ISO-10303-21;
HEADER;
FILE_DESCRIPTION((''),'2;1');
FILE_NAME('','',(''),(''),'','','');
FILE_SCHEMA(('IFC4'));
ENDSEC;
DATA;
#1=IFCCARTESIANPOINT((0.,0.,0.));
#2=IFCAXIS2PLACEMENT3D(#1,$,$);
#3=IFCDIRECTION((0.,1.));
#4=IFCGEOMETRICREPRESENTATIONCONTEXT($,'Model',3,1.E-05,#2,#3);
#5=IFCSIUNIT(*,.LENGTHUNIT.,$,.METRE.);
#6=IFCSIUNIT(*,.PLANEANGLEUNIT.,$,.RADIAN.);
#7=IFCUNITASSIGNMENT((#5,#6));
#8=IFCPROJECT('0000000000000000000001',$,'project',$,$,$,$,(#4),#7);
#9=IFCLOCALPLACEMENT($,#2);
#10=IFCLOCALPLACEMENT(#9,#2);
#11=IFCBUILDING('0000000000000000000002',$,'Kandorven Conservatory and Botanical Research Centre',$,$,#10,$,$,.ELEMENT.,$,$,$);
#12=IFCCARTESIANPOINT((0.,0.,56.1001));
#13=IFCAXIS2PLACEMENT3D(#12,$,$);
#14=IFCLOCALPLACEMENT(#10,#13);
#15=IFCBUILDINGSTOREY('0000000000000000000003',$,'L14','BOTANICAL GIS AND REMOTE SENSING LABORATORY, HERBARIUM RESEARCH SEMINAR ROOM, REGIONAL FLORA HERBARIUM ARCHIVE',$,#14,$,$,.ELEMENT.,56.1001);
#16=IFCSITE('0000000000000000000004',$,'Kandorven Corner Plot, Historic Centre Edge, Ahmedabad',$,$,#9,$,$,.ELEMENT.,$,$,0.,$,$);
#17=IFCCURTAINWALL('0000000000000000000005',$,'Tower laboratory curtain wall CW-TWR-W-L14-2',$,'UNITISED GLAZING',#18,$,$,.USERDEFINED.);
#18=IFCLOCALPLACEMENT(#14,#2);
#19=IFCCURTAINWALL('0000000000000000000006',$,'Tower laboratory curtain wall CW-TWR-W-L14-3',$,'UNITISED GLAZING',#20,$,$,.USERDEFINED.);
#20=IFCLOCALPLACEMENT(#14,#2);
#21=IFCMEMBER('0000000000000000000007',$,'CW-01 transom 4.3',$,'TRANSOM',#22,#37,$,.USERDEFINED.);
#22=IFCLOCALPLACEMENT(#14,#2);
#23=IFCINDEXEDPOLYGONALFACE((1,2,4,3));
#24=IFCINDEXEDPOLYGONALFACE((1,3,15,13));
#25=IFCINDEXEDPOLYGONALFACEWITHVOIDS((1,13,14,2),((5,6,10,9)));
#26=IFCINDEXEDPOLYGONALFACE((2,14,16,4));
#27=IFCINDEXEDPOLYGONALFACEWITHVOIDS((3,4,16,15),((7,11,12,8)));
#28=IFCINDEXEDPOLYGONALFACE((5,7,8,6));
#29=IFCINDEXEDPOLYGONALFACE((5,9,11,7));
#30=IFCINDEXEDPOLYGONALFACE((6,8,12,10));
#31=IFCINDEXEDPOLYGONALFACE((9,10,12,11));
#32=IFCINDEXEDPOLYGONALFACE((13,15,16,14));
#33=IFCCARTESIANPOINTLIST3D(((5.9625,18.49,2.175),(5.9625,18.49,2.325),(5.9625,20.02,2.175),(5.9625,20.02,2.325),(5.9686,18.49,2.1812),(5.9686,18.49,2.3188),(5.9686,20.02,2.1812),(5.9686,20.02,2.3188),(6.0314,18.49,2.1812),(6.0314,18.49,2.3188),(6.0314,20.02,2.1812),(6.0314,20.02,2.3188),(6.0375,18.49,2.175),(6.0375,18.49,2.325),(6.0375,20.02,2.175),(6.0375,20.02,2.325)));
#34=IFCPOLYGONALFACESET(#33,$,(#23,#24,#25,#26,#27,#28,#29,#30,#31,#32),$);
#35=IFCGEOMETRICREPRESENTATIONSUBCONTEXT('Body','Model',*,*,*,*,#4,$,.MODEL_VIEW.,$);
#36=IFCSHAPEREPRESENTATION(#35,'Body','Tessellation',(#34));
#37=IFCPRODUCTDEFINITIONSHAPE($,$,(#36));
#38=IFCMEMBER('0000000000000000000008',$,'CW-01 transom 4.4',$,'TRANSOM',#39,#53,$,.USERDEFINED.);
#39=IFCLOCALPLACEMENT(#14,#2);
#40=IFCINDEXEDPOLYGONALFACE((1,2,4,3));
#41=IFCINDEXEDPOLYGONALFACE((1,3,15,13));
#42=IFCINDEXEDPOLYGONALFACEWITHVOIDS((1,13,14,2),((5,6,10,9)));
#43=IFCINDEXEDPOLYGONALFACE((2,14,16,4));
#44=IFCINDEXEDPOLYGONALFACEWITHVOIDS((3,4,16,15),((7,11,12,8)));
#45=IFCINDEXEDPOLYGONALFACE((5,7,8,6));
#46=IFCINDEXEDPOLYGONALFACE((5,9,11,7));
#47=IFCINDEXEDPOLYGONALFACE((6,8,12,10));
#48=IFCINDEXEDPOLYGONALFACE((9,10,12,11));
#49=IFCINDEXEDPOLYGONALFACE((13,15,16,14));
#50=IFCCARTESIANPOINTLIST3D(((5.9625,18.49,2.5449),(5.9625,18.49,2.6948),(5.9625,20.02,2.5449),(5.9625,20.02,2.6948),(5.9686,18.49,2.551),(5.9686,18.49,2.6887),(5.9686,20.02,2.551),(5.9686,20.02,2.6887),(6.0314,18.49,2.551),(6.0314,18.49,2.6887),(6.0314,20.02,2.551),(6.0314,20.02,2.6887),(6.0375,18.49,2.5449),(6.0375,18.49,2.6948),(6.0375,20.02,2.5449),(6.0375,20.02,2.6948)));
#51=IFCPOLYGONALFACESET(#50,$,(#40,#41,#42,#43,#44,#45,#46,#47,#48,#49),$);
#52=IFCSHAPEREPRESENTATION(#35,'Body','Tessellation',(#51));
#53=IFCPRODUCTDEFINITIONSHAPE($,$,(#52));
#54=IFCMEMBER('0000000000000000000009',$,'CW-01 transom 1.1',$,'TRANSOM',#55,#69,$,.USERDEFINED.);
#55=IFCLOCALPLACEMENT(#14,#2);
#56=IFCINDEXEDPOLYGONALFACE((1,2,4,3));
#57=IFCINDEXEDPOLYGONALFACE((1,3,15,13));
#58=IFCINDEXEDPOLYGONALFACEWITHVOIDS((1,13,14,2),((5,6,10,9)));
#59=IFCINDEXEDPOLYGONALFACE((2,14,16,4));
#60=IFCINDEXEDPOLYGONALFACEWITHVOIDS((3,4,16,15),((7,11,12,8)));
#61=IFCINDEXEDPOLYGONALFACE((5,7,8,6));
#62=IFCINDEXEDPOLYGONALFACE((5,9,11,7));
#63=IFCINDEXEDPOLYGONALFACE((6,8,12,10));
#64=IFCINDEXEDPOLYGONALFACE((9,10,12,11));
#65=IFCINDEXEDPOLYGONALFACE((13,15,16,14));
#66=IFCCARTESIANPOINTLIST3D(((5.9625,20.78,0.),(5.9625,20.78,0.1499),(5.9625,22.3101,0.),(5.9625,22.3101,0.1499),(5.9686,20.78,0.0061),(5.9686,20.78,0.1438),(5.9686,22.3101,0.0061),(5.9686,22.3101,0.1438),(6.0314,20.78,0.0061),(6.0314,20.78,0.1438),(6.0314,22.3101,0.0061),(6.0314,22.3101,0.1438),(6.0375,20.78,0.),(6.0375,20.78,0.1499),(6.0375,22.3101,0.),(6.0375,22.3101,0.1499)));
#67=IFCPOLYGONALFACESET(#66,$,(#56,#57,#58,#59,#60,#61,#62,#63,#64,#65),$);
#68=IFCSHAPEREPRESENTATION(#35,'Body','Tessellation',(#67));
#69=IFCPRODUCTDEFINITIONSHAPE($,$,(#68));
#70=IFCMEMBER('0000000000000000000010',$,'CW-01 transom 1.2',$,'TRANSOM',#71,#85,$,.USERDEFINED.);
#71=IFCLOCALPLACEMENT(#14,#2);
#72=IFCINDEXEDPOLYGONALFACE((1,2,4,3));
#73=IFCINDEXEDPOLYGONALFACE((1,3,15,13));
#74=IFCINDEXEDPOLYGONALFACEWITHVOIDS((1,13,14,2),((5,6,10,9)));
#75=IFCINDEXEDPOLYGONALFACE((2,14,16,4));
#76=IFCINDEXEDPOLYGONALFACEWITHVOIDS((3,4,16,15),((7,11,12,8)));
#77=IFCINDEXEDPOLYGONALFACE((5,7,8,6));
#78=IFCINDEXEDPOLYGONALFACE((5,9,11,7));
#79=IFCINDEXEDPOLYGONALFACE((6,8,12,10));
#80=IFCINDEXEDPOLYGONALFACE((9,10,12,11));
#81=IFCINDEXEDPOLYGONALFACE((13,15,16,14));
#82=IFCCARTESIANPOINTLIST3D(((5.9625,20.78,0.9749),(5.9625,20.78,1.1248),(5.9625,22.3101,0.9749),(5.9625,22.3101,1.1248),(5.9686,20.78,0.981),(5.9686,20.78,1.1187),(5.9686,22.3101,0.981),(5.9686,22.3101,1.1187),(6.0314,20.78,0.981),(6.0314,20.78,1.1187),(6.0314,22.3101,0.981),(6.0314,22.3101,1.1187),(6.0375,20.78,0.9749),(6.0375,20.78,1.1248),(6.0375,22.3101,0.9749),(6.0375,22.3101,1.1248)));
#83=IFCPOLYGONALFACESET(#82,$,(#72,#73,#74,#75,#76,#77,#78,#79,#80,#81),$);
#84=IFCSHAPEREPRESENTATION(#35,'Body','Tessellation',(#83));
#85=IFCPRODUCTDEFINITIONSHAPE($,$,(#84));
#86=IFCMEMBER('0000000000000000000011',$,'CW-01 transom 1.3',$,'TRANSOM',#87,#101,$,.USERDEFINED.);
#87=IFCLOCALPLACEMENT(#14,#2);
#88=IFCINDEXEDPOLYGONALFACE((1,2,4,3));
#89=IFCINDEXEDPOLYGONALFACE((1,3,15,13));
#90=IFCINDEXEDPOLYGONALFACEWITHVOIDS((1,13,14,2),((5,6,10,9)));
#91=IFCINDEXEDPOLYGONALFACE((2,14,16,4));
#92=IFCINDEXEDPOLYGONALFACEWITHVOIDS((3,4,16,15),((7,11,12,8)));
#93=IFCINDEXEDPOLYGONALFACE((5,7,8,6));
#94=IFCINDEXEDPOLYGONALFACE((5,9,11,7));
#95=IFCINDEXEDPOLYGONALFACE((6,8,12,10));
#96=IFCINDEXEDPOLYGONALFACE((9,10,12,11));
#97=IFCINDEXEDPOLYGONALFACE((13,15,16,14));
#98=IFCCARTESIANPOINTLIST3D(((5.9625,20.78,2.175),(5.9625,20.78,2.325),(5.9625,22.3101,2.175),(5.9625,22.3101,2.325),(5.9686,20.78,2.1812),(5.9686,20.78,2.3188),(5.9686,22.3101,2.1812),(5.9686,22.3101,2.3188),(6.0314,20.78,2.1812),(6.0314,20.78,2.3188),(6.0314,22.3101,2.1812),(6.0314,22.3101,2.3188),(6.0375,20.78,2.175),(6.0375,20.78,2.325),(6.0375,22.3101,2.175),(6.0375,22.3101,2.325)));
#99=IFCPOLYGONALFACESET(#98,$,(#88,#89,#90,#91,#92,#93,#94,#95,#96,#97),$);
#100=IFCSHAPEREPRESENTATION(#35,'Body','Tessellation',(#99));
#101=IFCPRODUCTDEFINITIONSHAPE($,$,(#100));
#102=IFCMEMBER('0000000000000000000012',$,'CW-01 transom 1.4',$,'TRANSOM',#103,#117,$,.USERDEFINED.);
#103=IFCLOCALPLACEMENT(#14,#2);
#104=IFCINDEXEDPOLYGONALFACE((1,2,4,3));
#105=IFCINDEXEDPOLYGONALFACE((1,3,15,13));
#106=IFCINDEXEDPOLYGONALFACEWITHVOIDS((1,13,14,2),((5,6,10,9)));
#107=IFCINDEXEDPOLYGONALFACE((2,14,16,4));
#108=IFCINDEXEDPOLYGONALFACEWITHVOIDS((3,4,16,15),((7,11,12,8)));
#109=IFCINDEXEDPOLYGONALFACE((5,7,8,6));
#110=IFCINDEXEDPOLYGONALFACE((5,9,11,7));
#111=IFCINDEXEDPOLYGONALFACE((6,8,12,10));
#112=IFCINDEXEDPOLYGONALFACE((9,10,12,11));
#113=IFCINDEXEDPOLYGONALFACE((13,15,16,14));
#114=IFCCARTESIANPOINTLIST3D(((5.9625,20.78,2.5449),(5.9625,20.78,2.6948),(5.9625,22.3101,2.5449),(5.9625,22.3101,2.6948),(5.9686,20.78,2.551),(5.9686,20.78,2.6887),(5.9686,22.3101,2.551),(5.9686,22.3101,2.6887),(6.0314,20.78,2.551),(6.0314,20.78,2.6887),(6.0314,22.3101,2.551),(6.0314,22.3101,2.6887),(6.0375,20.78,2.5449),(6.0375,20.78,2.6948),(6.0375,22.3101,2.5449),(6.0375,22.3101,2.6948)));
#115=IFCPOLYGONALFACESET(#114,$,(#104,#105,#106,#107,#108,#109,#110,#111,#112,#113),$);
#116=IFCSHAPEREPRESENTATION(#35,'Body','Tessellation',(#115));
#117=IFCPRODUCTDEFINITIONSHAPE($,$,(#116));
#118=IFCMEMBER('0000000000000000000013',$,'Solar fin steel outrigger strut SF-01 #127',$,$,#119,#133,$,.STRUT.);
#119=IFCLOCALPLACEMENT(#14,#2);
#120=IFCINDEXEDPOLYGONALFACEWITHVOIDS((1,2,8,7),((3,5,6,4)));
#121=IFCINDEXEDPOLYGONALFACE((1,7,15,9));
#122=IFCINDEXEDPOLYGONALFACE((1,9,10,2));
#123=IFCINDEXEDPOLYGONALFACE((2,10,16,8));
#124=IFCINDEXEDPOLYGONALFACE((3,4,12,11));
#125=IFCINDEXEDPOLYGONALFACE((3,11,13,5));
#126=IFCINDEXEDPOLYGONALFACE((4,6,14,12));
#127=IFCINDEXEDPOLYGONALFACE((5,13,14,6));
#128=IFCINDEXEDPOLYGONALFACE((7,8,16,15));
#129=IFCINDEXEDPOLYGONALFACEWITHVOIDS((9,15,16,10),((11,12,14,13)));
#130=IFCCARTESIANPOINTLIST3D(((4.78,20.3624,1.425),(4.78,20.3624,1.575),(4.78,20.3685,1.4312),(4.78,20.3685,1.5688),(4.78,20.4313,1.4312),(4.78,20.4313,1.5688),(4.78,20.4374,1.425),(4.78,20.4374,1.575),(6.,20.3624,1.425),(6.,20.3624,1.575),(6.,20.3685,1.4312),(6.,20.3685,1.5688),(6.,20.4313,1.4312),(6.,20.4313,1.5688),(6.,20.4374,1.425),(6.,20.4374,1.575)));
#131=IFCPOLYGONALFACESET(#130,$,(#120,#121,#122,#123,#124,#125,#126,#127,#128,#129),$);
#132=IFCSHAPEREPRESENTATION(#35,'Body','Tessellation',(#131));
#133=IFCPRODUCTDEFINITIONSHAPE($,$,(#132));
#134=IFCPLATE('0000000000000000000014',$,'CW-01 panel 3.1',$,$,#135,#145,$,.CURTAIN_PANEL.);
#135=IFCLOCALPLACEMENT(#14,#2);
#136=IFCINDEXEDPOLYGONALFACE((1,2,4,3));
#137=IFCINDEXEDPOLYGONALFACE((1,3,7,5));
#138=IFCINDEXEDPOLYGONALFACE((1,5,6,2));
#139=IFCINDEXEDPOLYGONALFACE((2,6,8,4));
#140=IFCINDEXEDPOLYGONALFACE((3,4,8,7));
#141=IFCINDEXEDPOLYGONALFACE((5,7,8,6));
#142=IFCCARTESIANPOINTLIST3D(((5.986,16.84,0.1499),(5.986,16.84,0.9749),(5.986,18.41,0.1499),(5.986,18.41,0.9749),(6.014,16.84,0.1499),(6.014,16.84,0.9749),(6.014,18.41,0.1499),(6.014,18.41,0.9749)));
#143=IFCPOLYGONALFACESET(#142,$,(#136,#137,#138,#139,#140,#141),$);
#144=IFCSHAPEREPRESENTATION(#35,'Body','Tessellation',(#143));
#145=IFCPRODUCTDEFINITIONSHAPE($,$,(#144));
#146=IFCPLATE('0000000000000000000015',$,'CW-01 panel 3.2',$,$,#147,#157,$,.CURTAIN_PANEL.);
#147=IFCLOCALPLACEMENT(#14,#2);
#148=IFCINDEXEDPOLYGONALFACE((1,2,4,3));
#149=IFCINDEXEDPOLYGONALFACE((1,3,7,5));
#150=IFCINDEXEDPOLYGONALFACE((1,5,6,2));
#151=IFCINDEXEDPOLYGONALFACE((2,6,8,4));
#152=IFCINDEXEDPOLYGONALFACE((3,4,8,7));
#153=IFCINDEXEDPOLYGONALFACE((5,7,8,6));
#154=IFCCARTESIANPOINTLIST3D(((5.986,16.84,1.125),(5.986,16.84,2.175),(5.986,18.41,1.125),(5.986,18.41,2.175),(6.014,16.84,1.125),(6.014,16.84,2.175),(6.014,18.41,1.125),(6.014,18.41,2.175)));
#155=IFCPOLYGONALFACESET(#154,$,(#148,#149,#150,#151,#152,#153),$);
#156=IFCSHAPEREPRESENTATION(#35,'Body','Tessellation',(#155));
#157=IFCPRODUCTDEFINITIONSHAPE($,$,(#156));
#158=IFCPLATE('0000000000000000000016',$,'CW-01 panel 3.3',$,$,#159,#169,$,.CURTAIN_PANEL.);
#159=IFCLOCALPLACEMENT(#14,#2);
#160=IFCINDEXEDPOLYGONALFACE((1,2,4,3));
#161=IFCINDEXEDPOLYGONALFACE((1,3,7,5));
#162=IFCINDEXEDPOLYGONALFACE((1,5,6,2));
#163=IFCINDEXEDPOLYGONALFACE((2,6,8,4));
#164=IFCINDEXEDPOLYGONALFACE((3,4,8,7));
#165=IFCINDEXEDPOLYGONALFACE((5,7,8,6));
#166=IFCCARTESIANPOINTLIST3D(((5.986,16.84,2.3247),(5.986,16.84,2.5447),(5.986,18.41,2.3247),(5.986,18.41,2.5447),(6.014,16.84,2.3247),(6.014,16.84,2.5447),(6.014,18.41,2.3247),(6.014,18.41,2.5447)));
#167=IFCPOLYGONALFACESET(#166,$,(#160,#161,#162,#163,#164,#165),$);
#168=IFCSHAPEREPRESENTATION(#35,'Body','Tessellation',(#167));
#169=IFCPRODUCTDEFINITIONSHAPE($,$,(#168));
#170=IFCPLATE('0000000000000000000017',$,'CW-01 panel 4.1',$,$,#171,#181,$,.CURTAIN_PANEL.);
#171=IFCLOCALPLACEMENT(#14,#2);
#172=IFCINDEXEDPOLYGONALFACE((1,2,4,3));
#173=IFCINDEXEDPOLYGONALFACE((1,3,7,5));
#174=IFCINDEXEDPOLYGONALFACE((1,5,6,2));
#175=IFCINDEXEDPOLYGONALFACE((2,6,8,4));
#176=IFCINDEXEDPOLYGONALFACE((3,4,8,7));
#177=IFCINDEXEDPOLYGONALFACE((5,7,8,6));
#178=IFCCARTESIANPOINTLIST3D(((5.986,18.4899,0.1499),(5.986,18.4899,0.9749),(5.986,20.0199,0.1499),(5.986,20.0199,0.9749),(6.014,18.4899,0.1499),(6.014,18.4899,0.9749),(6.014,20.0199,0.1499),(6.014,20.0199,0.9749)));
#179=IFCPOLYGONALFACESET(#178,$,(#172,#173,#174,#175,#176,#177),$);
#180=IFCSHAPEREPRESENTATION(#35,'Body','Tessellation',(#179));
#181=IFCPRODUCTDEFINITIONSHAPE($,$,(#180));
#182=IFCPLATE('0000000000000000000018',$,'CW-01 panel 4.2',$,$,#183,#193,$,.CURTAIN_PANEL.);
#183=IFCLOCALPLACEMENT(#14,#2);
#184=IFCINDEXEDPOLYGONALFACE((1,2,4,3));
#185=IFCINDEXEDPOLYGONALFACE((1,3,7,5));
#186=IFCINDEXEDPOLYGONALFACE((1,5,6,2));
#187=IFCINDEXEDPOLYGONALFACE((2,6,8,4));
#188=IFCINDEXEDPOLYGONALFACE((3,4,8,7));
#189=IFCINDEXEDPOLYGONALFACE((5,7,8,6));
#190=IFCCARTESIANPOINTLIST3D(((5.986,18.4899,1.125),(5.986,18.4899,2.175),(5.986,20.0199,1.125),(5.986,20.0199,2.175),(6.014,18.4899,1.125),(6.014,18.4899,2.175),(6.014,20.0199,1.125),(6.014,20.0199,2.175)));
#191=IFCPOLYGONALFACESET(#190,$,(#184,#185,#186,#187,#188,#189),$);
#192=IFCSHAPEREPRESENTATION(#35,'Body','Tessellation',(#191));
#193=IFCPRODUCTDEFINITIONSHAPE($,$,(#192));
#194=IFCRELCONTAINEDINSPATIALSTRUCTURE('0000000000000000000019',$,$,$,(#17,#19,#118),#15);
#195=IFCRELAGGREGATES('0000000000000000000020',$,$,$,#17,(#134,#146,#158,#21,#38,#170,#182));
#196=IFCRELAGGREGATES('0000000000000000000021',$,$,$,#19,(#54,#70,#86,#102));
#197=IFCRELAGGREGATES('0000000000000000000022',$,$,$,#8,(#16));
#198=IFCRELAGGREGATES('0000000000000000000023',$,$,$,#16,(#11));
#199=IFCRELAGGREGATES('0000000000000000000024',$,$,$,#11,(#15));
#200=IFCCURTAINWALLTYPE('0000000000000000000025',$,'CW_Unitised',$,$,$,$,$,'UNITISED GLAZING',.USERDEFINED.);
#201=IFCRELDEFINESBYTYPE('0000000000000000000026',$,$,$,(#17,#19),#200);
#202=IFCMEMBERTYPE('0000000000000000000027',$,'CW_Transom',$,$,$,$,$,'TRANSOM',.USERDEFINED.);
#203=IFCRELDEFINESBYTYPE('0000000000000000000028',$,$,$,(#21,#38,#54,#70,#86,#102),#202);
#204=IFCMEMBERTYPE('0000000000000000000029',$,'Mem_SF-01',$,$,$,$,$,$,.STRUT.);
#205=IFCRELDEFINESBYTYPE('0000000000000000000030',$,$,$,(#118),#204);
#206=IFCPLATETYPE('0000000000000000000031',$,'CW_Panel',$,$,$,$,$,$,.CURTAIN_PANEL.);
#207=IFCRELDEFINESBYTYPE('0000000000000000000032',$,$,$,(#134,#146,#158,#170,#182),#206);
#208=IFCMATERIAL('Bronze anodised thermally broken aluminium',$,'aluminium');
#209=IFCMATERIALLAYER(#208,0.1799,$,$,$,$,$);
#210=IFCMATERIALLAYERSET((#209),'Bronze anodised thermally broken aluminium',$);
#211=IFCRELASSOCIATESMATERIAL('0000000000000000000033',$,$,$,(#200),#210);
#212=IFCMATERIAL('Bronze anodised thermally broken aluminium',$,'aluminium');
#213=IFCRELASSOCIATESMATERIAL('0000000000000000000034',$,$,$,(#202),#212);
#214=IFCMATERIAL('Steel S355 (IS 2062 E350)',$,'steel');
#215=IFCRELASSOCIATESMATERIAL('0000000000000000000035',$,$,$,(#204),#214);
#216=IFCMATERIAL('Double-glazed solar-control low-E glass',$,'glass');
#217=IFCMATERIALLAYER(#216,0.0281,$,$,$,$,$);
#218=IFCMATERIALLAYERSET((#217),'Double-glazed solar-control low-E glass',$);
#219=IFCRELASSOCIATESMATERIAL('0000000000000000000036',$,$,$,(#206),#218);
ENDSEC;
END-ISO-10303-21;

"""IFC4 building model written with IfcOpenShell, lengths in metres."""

from ifc_helpers import new_model, si_unit, direction, frame, origin, origin_2d, place, context, subcontext, project, spatial, rectangle, hollow_rectangle, extrude, material, layer, layer_set, material_profile, profile_set, type_object, element, aggregate, save


model = new_model("IFC4")

# Units and contexts
model_context = context("Model", 3, precision=1e-05, world=origin(), true_north=direction((0.0, 1.0)))
body_context = subcontext(model_context, "Body", "Model", "MODEL_VIEW")
ifc_project = project(units=[si_unit("LENGTHUNIT", "METRE"), si_unit("PLANEANGLEUNIT", "RADIAN")], contexts=[model_context])

# Site, building, storey
site_placement = place(None, origin())
site = spatial("IfcSite", under=ifc_project, at=site_placement, Name="Kandorven Corner Plot, Historic Centre Edge, Ahmedabad", CompositionType="ELEMENT", RefElevation=0.0)
building_placement = place(site_placement, origin())
building = spatial("IfcBuilding", under=site, at=building_placement, Name="Kandorven Conservatory and Botanical Research Centre", CompositionType="ELEMENT")
storey_placement = place(building_placement, frame((0.0, 0.0, 56.1001)))
storey = spatial("IfcBuildingStorey", under=building, at=storey_placement, Name="L14", Description="BOTANICAL GIS AND REMOTE SENSING LABORATORY, HERBARIUM RESEARCH SEMINAR ROOM, REGIONAL FLORA HERBARIUM ARCHIVE", CompositionType="ELEMENT", Elevation=56.1001)

# Curtain wall
ifc_material_1 = material(Name="Bronze anodised thermally broken aluminium", Category="aluminium")
ifc_layer_1 = layer(ifc_material_1, 0.1799)
ifc_layer_set_1 = layer_set([ifc_layer_1], Name="Bronze anodised thermally broken aluminium")
curtain_wall_type = type_object("IfcCurtainWallType", Name="CW_Unitised", ElementType="UNITISED GLAZING", PredefinedType="USERDEFINED", material=ifc_layer_set_1)
curtain_wall_1_placement = place(storey_placement, origin())
curtain_wall_1 = element("IfcCurtainWall", 1, at=curtain_wall_1_placement, inside=storey, type_object=curtain_wall_type, Name="Tower laboratory curtain wall CW-TWR-W-L14-2", ObjectType="UNITISED GLAZING", PredefinedType="USERDEFINED")

# Curtain wall
curtain_wall_2_placement = place(storey_placement, origin())
curtain_wall_2 = element("IfcCurtainWall", 2, at=curtain_wall_2_placement, inside=storey, type_object=curtain_wall_type, Name="Tower laboratory curtain wall CW-TWR-W-L14-3", ObjectType="UNITISED GLAZING", PredefinedType="USERDEFINED")

# Members
ifc_material_2 = material(Name="Bronze anodised thermally broken aluminium", Category="aluminium")
ifc_material_profile_1 = material_profile(ifc_material_2, hollow_rectangle(XDim=0.075, YDim=0.1499, WallThickness=0.0061, at=origin_2d()))
ifc_profile_set_1 = profile_set([ifc_material_profile_1], Name="Bronze anodised thermally broken aluminium")
member_type_1 = type_object("IfcMemberType", Name="CW_Transom", ElementType="TRANSOM", PredefinedType="USERDEFINED", material=ifc_profile_set_1)
member_1_placement = place(storey_placement, frame((6.0, 18.49, 2.25), z_axis=(0.0, 1.0, 0.0), x_axis=(-1.0, 0.0, 0.0)))
member_1 = element("IfcMember", 3, at=member_1_placement, type_object=member_type_1, Name="CW-01 transom 4.3", ObjectType="TRANSOM", PredefinedType="USERDEFINED", context=body_context, shape_type="SweptSolid", body=[
    extrude(hollow_rectangle(XDim=0.075, YDim=0.1499, WallThickness=0.0061, at=origin_2d()), origin(), (0.0, 0.0, 1.0), 1.53),
])
member_2_placement = place(storey_placement, frame((6.0, 18.49, 2.6199), z_axis=(0.0, 1.0, 0.0), x_axis=(-1.0, 0.0, 0.0)))
member_2 = element("IfcMember", 4, at=member_2_placement, type_object=member_type_1, Name="CW-01 transom 4.4", ObjectType="TRANSOM", PredefinedType="USERDEFINED", context=body_context, shape_type="SweptSolid", body=[
    extrude(hollow_rectangle(XDim=0.075, YDim=0.1499, WallThickness=0.0061, at=origin_2d()), origin(), (0.0, 0.0, 1.0), 1.53),
])
member_3_placement = place(storey_placement, frame((6.0, 20.78, 0.075), z_axis=(0.0, 1.0, 0.0), x_axis=(-1.0, 0.0, 0.0)))
member_3 = element("IfcMember", 5, at=member_3_placement, type_object=member_type_1, Name="CW-01 transom 1.1", ObjectType="TRANSOM", PredefinedType="USERDEFINED", context=body_context, shape_type="SweptSolid", body=[
    extrude(hollow_rectangle(XDim=0.075, YDim=0.1499, WallThickness=0.0061, at=origin_2d()), origin(), (0.0, 0.0, 1.0), 1.53),
])
member_4_placement = place(storey_placement, frame((6.0, 20.78, 1.0498), z_axis=(0.0, 1.0, 0.0), x_axis=(-1.0, 0.0, 0.0)))
member_4 = element("IfcMember", 6, at=member_4_placement, type_object=member_type_1, Name="CW-01 transom 1.2", ObjectType="TRANSOM", PredefinedType="USERDEFINED", context=body_context, shape_type="SweptSolid", body=[
    extrude(hollow_rectangle(XDim=0.075, YDim=0.1499, WallThickness=0.0061, at=origin_2d()), origin(), (0.0, 0.0, 1.0), 1.53),
])
member_5_placement = place(storey_placement, frame((6.0, 20.78, 2.25), z_axis=(0.0, 1.0, 0.0), x_axis=(-1.0, 0.0, 0.0)))
member_5 = element("IfcMember", 7, at=member_5_placement, type_object=member_type_1, Name="CW-01 transom 1.3", ObjectType="TRANSOM", PredefinedType="USERDEFINED", context=body_context, shape_type="SweptSolid", body=[
    extrude(hollow_rectangle(XDim=0.075, YDim=0.1499, WallThickness=0.0061, at=origin_2d()), origin(), (0.0, 0.0, 1.0), 1.53),
])
member_6_placement = place(storey_placement, frame((6.0, 20.78, 2.6199), z_axis=(0.0, 1.0, 0.0), x_axis=(-1.0, 0.0, 0.0)))
member_6 = element("IfcMember", 8, at=member_6_placement, type_object=member_type_1, Name="CW-01 transom 1.4", ObjectType="TRANSOM", PredefinedType="USERDEFINED", context=body_context, shape_type="SweptSolid", body=[
    extrude(hollow_rectangle(XDim=0.075, YDim=0.1499, WallThickness=0.0061, at=origin_2d()), origin(), (0.0, 0.0, 1.0), 1.53),
])
ifc_material_3 = material(Name="Steel S355 (IS 2062 E350)", Category="steel")
ifc_material_profile_2 = material_profile(ifc_material_3, hollow_rectangle(XDim=0.075, YDim=0.1499, WallThickness=0.0061, at=origin_2d()))
ifc_profile_set_2 = profile_set([ifc_material_profile_2], Name="Steel S355 (IS 2062 E350)")
member_type_2 = type_object("IfcMemberType", Name="Mem_SF-01", PredefinedType="STRUT", material=ifc_profile_set_2)
member_7_placement = place(storey_placement, frame((6.0, 20.3999, 1.5), z_axis=(-1.0, 0.0, 0.0), x_axis=(0.0, -1.0, 0.0)))
element("IfcMember", 9, at=member_7_placement, inside=storey, type_object=member_type_2, Name="Solar fin steel outrigger strut SF-01 #127", PredefinedType="STRUT", context=body_context, shape_type="SweptSolid", body=[
    extrude(hollow_rectangle(XDim=0.075, YDim=0.1499, WallThickness=0.0061, at=origin_2d()), origin(), (0.0, 0.0, 1.0), 1.22),
])

# Plates
ifc_material_4 = material(Name="Double-glazed solar-control low-E glass", Category="glass")
ifc_layer_2 = layer(ifc_material_4, 0.0281)
ifc_layer_set_2 = layer_set([ifc_layer_2], Name="Double-glazed solar-control low-E glass")
plate_type_1 = type_object("IfcPlateType", Name="CW_Panel", PredefinedType="CURTAIN_PANEL", material=ifc_layer_set_2)
plate_1_placement = place(storey_placement, frame((6.0, 17.625, 0.1499), z_axis=(0.0, 0.0, 1.0), x_axis=(0.0, 1.0, 0.0)))
plate_1 = element("IfcPlate", 10, at=plate_1_placement, type_object=plate_type_1, Name="CW-01 panel 3.1", PredefinedType="CURTAIN_PANEL", context=body_context, shape_type="SweptSolid", body=[
    extrude(rectangle(XDim=1.5701, YDim=0.0281, at=origin_2d()), origin(), (0.0, 0.0, 1.0), 0.825),
])
plate_2_placement = place(storey_placement, frame((6.0, 17.625, 1.125), z_axis=(0.0, 0.0, 1.0), x_axis=(0.0, 1.0, 0.0)))
plate_2 = element("IfcPlate", 11, at=plate_2_placement, type_object=plate_type_1, Name="CW-01 panel 3.2", PredefinedType="CURTAIN_PANEL", context=body_context, shape_type="SweptSolid", body=[
    extrude(rectangle(XDim=1.5701, YDim=0.0281, at=origin_2d()), origin(), (0.0, 0.0, 1.0), 1.05),
])
plate_3_placement = place(storey_placement, frame((6.0, 17.625, 2.3247), z_axis=(0.0, 0.0, 1.0), x_axis=(0.0, 1.0, 0.0)))
plate_3 = element("IfcPlate", 12, at=plate_3_placement, type_object=plate_type_1, Name="CW-01 panel 3.3", PredefinedType="CURTAIN_PANEL", context=body_context, shape_type="SweptSolid", body=[
    extrude(rectangle(XDim=1.5701, YDim=0.0281, at=origin_2d()), origin(), (0.0, 0.0, 1.0), 0.22),
])
plate_4_placement = place(storey_placement, frame((6.0, 19.2549, 0.1499), z_axis=(0.0, 0.0, 1.0), x_axis=(0.0, 1.0, 0.0)))
plate_4 = element("IfcPlate", 13, at=plate_4_placement, type_object=plate_type_1, Name="CW-01 panel 4.1", PredefinedType="CURTAIN_PANEL", context=body_context, shape_type="SweptSolid", body=[
    extrude(rectangle(XDim=1.53, YDim=0.0281, at=origin_2d()), origin(), (0.0, 0.0, 1.0), 0.825),
])
plate_5_placement = place(storey_placement, frame((6.0, 19.2549, 1.125), z_axis=(0.0, 0.0, 1.0), x_axis=(0.0, 1.0, 0.0)))
plate_5 = element("IfcPlate", 14, at=plate_5_placement, type_object=plate_type_1, Name="CW-01 panel 4.2", PredefinedType="CURTAIN_PANEL", context=body_context, shape_type="SweptSolid", body=[
    extrude(rectangle(XDim=1.53, YDim=0.0281, at=origin_2d()), origin(), (0.0, 0.0, 1.0), 1.05),
])
aggregate(curtain_wall_1, [plate_1, plate_2, plate_3, member_1, member_2, plate_4, plate_5])
aggregate(curtain_wall_2, [member_3, member_4, member_5, member_6])

save(model, "model.ifc")
